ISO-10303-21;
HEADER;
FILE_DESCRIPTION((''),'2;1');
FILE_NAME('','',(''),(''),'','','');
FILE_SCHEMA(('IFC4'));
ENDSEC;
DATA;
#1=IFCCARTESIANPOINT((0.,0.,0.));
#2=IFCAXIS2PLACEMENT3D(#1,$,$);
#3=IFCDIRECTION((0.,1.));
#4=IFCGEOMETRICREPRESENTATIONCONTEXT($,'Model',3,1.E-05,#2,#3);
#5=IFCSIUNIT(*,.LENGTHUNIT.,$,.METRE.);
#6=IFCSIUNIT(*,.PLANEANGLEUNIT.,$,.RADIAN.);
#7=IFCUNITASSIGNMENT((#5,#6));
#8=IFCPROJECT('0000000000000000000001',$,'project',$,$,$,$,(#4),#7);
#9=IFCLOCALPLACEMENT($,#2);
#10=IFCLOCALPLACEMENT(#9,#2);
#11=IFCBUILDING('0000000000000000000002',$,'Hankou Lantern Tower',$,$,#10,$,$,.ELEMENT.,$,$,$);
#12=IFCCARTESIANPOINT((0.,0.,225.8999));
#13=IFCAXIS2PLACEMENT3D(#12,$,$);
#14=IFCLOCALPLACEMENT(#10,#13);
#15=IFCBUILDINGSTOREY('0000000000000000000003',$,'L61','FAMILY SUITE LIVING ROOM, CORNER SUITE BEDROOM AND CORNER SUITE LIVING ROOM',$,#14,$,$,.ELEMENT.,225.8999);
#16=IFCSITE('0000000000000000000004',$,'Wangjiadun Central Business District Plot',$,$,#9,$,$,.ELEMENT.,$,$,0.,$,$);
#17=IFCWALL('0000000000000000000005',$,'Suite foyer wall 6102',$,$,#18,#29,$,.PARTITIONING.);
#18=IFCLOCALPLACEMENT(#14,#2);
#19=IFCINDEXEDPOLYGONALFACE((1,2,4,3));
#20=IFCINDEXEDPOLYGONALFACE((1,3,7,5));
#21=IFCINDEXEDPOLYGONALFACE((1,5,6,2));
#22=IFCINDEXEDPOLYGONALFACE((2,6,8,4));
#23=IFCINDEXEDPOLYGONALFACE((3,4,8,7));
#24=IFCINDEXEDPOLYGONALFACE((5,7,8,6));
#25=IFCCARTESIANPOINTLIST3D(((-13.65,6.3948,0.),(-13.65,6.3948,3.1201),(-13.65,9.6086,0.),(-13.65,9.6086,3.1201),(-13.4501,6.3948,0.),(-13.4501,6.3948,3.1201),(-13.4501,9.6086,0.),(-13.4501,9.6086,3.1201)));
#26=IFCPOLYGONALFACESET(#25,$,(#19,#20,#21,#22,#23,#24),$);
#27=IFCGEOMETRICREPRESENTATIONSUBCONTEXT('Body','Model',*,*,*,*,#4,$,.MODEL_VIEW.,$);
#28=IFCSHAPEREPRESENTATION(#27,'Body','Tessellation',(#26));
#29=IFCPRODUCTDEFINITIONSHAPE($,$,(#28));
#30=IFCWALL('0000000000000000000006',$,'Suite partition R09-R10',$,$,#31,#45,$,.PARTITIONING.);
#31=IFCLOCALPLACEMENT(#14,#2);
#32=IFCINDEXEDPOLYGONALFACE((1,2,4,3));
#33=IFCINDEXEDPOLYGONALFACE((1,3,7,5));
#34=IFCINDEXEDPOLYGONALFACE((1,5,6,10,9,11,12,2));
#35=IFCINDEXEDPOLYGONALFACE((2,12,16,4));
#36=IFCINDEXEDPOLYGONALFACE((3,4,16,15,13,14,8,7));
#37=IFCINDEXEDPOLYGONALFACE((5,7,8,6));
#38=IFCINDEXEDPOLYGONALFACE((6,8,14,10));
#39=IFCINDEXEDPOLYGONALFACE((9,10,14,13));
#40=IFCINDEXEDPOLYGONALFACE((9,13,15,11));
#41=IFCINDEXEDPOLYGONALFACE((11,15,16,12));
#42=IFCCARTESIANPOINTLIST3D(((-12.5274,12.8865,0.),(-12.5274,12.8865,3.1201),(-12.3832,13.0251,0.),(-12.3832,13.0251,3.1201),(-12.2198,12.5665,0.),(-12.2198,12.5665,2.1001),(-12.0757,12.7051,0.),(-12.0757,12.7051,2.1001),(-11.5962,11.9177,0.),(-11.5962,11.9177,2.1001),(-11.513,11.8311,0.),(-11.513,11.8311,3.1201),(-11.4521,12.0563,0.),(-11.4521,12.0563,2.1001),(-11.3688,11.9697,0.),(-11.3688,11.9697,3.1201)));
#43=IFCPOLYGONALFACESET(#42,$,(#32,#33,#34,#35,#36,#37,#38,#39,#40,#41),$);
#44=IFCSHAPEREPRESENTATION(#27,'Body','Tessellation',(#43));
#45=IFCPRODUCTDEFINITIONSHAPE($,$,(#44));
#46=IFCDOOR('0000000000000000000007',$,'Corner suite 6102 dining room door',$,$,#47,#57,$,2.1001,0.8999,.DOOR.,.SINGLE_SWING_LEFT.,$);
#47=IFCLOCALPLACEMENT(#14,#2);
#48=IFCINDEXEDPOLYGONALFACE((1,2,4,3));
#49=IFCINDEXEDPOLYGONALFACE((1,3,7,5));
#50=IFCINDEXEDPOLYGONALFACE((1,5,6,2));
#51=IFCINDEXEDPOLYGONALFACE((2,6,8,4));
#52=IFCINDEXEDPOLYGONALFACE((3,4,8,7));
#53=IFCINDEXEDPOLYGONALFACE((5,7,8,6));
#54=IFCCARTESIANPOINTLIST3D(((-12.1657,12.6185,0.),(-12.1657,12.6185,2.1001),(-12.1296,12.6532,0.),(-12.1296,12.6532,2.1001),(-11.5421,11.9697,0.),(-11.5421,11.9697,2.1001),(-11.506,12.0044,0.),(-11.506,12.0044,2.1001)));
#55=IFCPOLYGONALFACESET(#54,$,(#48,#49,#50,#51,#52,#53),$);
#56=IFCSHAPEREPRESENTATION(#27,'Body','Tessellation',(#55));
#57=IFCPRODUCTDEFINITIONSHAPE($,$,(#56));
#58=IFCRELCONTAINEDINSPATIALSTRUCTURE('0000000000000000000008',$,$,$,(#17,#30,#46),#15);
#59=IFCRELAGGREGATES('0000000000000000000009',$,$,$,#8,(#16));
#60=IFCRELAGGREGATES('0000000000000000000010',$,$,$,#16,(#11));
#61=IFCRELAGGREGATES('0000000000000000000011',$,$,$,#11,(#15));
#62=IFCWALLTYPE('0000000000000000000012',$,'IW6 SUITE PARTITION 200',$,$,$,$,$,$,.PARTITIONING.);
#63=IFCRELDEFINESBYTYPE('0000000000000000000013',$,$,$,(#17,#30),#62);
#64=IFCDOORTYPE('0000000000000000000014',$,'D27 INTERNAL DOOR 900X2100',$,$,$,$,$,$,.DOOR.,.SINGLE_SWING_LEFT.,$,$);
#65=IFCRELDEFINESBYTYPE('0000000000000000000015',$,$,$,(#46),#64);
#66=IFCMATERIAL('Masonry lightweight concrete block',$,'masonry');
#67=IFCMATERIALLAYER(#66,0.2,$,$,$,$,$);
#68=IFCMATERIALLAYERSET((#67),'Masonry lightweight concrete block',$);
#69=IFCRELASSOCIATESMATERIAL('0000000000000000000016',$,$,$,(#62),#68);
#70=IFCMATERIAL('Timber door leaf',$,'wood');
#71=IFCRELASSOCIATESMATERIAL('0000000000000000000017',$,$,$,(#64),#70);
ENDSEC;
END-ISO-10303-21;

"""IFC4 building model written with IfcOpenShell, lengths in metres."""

from ifc_helpers import new_model, si_unit, direction, frame, frame_2d, origin, place, context, subcontext, project, spatial, rectangle, extrude, material, layer, layer_set, type_object, element, fill, save


model = new_model("IFC4")

# Units and contexts
model_context = context("Model", 3, precision=1e-05, world=origin(), true_north=direction((0.0, 1.0)))
body_context = subcontext(model_context, "Body", "Model", "MODEL_VIEW")
ifc_project = project(units=[si_unit("LENGTHUNIT", "METRE"), si_unit("PLANEANGLEUNIT", "RADIAN")], contexts=[model_context])

# Site, building, storey
site_placement = place(None, origin())
site = spatial("IfcSite", under=ifc_project, at=site_placement, Name="Wangjiadun Central Business District Plot", CompositionType="ELEMENT", RefElevation=0.0)
building_placement = place(site_placement, origin())
building = spatial("IfcBuilding", under=site, at=building_placement, Name="Hankou Lantern Tower", CompositionType="ELEMENT")
storey_placement = place(building_placement, frame((0.0, 0.0, 225.8999)))
storey = spatial("IfcBuildingStorey", under=building, at=storey_placement, Name="L61", Description="FAMILY SUITE LIVING ROOM, CORNER SUITE BEDROOM AND CORNER SUITE LIVING ROOM", CompositionType="ELEMENT", Elevation=225.8999)

# Shared definitions
ifc_material_1 = material(Name="Masonry lightweight concrete block", Category="masonry")
ifc_layer_1 = layer(ifc_material_1, 0.2)
ifc_layer_set_1 = layer_set([ifc_layer_1], Name="Masonry lightweight concrete block")
wall_type_1 = type_object("IfcWallType", Name="IW6 SUITE PARTITION 200", PredefinedType="PARTITIONING", material=ifc_layer_set_1)
ifc_material_2 = material(Name="Timber door leaf", Category="wood")
door_type_1 = type_object("IfcDoorType", Name="D27 INTERNAL DOOR 900X2100", OperationType="SINGLE_SWING_LEFT", PredefinedType="DOOR", material=ifc_material_2)

# Wall
wall_1_placement = place(storey_placement, frame((-13.55, 9.6086, 0.0), z_axis=(0.0, 0.0, 1.0), x_axis=(0.0, -1.0, 0.0)))
element("IfcWall", 1, at=wall_1_placement, inside=storey, type_object=wall_type_1, Name="Suite foyer wall 6102", PredefinedType="PARTITIONING", context=body_context, shape_type="SweptSolid", body=[
    extrude(rectangle(XDim=3.2139, YDim=0.2, at=frame_2d((1.6069, 0.0))), origin(), (0.0, 0.0, 1.0), 3.1201),
])

# Wall, opening, door
wall_2_placement = place(storey_placement, frame((-11.4409, 11.9004, 0.0), z_axis=(0.0, 0.0, 1.0), x_axis=(-0.692959, 0.720977, 0.0)))
wall_2 = element("IfcWall", 2, at=wall_2_placement, inside=storey, type_object=wall_type_1, Name="Suite partition R09-R10", PredefinedType="PARTITIONING", context=body_context, shape_type="SweptSolid", body=[
    extrude(rectangle(XDim=1.4639, YDim=0.2, at=frame_2d((0.7319, 0.0))), origin(), (0.0, 0.0, 1.0), 3.1201),
])
opening_1_placement = place(wall_2_placement, frame((0.1201, 0.0, 0.0)))
opening_1 = element("IfcOpeningElement", 3, at=opening_1_placement, cuts=wall_2, PredefinedType="OPENING", context=body_context, shape_type="SweptSolid", body=[
    extrude(rectangle(XDim=0.8999, YDim=2.1001, at=frame_2d((0.45, 1.05))), frame((0.0, 0.1099, 0.0), z_axis=(0.0, -1.0, 0.0), x_axis=(1.0, 0.0, 0.0)), (0.0, 0.0, 1.0), 0.22),
])
door_1_placement = place(opening_1_placement, origin())
door_1 = element("IfcDoor", 4, at=door_1_placement, inside=storey, type_object=door_type_1, Name="Corner suite 6102 dining room door", OperationType="SINGLE_SWING_LEFT", OverallHeight=2.1001, OverallWidth=0.8999, PredefinedType="DOOR", context=body_context, shape_type="SweptSolid", body=[
    extrude(rectangle(XDim=0.8999, YDim=2.1001, at=frame_2d((0.45, 1.05))), frame((0.0, 0.0249, 0.0), z_axis=(0.0, -1.0, 0.0), x_axis=(1.0, 0.0, 0.0)), (0.0, 0.0, 1.0), 0.05),
])
fill(opening_1, door_1)

save(model, "model.ifc")
